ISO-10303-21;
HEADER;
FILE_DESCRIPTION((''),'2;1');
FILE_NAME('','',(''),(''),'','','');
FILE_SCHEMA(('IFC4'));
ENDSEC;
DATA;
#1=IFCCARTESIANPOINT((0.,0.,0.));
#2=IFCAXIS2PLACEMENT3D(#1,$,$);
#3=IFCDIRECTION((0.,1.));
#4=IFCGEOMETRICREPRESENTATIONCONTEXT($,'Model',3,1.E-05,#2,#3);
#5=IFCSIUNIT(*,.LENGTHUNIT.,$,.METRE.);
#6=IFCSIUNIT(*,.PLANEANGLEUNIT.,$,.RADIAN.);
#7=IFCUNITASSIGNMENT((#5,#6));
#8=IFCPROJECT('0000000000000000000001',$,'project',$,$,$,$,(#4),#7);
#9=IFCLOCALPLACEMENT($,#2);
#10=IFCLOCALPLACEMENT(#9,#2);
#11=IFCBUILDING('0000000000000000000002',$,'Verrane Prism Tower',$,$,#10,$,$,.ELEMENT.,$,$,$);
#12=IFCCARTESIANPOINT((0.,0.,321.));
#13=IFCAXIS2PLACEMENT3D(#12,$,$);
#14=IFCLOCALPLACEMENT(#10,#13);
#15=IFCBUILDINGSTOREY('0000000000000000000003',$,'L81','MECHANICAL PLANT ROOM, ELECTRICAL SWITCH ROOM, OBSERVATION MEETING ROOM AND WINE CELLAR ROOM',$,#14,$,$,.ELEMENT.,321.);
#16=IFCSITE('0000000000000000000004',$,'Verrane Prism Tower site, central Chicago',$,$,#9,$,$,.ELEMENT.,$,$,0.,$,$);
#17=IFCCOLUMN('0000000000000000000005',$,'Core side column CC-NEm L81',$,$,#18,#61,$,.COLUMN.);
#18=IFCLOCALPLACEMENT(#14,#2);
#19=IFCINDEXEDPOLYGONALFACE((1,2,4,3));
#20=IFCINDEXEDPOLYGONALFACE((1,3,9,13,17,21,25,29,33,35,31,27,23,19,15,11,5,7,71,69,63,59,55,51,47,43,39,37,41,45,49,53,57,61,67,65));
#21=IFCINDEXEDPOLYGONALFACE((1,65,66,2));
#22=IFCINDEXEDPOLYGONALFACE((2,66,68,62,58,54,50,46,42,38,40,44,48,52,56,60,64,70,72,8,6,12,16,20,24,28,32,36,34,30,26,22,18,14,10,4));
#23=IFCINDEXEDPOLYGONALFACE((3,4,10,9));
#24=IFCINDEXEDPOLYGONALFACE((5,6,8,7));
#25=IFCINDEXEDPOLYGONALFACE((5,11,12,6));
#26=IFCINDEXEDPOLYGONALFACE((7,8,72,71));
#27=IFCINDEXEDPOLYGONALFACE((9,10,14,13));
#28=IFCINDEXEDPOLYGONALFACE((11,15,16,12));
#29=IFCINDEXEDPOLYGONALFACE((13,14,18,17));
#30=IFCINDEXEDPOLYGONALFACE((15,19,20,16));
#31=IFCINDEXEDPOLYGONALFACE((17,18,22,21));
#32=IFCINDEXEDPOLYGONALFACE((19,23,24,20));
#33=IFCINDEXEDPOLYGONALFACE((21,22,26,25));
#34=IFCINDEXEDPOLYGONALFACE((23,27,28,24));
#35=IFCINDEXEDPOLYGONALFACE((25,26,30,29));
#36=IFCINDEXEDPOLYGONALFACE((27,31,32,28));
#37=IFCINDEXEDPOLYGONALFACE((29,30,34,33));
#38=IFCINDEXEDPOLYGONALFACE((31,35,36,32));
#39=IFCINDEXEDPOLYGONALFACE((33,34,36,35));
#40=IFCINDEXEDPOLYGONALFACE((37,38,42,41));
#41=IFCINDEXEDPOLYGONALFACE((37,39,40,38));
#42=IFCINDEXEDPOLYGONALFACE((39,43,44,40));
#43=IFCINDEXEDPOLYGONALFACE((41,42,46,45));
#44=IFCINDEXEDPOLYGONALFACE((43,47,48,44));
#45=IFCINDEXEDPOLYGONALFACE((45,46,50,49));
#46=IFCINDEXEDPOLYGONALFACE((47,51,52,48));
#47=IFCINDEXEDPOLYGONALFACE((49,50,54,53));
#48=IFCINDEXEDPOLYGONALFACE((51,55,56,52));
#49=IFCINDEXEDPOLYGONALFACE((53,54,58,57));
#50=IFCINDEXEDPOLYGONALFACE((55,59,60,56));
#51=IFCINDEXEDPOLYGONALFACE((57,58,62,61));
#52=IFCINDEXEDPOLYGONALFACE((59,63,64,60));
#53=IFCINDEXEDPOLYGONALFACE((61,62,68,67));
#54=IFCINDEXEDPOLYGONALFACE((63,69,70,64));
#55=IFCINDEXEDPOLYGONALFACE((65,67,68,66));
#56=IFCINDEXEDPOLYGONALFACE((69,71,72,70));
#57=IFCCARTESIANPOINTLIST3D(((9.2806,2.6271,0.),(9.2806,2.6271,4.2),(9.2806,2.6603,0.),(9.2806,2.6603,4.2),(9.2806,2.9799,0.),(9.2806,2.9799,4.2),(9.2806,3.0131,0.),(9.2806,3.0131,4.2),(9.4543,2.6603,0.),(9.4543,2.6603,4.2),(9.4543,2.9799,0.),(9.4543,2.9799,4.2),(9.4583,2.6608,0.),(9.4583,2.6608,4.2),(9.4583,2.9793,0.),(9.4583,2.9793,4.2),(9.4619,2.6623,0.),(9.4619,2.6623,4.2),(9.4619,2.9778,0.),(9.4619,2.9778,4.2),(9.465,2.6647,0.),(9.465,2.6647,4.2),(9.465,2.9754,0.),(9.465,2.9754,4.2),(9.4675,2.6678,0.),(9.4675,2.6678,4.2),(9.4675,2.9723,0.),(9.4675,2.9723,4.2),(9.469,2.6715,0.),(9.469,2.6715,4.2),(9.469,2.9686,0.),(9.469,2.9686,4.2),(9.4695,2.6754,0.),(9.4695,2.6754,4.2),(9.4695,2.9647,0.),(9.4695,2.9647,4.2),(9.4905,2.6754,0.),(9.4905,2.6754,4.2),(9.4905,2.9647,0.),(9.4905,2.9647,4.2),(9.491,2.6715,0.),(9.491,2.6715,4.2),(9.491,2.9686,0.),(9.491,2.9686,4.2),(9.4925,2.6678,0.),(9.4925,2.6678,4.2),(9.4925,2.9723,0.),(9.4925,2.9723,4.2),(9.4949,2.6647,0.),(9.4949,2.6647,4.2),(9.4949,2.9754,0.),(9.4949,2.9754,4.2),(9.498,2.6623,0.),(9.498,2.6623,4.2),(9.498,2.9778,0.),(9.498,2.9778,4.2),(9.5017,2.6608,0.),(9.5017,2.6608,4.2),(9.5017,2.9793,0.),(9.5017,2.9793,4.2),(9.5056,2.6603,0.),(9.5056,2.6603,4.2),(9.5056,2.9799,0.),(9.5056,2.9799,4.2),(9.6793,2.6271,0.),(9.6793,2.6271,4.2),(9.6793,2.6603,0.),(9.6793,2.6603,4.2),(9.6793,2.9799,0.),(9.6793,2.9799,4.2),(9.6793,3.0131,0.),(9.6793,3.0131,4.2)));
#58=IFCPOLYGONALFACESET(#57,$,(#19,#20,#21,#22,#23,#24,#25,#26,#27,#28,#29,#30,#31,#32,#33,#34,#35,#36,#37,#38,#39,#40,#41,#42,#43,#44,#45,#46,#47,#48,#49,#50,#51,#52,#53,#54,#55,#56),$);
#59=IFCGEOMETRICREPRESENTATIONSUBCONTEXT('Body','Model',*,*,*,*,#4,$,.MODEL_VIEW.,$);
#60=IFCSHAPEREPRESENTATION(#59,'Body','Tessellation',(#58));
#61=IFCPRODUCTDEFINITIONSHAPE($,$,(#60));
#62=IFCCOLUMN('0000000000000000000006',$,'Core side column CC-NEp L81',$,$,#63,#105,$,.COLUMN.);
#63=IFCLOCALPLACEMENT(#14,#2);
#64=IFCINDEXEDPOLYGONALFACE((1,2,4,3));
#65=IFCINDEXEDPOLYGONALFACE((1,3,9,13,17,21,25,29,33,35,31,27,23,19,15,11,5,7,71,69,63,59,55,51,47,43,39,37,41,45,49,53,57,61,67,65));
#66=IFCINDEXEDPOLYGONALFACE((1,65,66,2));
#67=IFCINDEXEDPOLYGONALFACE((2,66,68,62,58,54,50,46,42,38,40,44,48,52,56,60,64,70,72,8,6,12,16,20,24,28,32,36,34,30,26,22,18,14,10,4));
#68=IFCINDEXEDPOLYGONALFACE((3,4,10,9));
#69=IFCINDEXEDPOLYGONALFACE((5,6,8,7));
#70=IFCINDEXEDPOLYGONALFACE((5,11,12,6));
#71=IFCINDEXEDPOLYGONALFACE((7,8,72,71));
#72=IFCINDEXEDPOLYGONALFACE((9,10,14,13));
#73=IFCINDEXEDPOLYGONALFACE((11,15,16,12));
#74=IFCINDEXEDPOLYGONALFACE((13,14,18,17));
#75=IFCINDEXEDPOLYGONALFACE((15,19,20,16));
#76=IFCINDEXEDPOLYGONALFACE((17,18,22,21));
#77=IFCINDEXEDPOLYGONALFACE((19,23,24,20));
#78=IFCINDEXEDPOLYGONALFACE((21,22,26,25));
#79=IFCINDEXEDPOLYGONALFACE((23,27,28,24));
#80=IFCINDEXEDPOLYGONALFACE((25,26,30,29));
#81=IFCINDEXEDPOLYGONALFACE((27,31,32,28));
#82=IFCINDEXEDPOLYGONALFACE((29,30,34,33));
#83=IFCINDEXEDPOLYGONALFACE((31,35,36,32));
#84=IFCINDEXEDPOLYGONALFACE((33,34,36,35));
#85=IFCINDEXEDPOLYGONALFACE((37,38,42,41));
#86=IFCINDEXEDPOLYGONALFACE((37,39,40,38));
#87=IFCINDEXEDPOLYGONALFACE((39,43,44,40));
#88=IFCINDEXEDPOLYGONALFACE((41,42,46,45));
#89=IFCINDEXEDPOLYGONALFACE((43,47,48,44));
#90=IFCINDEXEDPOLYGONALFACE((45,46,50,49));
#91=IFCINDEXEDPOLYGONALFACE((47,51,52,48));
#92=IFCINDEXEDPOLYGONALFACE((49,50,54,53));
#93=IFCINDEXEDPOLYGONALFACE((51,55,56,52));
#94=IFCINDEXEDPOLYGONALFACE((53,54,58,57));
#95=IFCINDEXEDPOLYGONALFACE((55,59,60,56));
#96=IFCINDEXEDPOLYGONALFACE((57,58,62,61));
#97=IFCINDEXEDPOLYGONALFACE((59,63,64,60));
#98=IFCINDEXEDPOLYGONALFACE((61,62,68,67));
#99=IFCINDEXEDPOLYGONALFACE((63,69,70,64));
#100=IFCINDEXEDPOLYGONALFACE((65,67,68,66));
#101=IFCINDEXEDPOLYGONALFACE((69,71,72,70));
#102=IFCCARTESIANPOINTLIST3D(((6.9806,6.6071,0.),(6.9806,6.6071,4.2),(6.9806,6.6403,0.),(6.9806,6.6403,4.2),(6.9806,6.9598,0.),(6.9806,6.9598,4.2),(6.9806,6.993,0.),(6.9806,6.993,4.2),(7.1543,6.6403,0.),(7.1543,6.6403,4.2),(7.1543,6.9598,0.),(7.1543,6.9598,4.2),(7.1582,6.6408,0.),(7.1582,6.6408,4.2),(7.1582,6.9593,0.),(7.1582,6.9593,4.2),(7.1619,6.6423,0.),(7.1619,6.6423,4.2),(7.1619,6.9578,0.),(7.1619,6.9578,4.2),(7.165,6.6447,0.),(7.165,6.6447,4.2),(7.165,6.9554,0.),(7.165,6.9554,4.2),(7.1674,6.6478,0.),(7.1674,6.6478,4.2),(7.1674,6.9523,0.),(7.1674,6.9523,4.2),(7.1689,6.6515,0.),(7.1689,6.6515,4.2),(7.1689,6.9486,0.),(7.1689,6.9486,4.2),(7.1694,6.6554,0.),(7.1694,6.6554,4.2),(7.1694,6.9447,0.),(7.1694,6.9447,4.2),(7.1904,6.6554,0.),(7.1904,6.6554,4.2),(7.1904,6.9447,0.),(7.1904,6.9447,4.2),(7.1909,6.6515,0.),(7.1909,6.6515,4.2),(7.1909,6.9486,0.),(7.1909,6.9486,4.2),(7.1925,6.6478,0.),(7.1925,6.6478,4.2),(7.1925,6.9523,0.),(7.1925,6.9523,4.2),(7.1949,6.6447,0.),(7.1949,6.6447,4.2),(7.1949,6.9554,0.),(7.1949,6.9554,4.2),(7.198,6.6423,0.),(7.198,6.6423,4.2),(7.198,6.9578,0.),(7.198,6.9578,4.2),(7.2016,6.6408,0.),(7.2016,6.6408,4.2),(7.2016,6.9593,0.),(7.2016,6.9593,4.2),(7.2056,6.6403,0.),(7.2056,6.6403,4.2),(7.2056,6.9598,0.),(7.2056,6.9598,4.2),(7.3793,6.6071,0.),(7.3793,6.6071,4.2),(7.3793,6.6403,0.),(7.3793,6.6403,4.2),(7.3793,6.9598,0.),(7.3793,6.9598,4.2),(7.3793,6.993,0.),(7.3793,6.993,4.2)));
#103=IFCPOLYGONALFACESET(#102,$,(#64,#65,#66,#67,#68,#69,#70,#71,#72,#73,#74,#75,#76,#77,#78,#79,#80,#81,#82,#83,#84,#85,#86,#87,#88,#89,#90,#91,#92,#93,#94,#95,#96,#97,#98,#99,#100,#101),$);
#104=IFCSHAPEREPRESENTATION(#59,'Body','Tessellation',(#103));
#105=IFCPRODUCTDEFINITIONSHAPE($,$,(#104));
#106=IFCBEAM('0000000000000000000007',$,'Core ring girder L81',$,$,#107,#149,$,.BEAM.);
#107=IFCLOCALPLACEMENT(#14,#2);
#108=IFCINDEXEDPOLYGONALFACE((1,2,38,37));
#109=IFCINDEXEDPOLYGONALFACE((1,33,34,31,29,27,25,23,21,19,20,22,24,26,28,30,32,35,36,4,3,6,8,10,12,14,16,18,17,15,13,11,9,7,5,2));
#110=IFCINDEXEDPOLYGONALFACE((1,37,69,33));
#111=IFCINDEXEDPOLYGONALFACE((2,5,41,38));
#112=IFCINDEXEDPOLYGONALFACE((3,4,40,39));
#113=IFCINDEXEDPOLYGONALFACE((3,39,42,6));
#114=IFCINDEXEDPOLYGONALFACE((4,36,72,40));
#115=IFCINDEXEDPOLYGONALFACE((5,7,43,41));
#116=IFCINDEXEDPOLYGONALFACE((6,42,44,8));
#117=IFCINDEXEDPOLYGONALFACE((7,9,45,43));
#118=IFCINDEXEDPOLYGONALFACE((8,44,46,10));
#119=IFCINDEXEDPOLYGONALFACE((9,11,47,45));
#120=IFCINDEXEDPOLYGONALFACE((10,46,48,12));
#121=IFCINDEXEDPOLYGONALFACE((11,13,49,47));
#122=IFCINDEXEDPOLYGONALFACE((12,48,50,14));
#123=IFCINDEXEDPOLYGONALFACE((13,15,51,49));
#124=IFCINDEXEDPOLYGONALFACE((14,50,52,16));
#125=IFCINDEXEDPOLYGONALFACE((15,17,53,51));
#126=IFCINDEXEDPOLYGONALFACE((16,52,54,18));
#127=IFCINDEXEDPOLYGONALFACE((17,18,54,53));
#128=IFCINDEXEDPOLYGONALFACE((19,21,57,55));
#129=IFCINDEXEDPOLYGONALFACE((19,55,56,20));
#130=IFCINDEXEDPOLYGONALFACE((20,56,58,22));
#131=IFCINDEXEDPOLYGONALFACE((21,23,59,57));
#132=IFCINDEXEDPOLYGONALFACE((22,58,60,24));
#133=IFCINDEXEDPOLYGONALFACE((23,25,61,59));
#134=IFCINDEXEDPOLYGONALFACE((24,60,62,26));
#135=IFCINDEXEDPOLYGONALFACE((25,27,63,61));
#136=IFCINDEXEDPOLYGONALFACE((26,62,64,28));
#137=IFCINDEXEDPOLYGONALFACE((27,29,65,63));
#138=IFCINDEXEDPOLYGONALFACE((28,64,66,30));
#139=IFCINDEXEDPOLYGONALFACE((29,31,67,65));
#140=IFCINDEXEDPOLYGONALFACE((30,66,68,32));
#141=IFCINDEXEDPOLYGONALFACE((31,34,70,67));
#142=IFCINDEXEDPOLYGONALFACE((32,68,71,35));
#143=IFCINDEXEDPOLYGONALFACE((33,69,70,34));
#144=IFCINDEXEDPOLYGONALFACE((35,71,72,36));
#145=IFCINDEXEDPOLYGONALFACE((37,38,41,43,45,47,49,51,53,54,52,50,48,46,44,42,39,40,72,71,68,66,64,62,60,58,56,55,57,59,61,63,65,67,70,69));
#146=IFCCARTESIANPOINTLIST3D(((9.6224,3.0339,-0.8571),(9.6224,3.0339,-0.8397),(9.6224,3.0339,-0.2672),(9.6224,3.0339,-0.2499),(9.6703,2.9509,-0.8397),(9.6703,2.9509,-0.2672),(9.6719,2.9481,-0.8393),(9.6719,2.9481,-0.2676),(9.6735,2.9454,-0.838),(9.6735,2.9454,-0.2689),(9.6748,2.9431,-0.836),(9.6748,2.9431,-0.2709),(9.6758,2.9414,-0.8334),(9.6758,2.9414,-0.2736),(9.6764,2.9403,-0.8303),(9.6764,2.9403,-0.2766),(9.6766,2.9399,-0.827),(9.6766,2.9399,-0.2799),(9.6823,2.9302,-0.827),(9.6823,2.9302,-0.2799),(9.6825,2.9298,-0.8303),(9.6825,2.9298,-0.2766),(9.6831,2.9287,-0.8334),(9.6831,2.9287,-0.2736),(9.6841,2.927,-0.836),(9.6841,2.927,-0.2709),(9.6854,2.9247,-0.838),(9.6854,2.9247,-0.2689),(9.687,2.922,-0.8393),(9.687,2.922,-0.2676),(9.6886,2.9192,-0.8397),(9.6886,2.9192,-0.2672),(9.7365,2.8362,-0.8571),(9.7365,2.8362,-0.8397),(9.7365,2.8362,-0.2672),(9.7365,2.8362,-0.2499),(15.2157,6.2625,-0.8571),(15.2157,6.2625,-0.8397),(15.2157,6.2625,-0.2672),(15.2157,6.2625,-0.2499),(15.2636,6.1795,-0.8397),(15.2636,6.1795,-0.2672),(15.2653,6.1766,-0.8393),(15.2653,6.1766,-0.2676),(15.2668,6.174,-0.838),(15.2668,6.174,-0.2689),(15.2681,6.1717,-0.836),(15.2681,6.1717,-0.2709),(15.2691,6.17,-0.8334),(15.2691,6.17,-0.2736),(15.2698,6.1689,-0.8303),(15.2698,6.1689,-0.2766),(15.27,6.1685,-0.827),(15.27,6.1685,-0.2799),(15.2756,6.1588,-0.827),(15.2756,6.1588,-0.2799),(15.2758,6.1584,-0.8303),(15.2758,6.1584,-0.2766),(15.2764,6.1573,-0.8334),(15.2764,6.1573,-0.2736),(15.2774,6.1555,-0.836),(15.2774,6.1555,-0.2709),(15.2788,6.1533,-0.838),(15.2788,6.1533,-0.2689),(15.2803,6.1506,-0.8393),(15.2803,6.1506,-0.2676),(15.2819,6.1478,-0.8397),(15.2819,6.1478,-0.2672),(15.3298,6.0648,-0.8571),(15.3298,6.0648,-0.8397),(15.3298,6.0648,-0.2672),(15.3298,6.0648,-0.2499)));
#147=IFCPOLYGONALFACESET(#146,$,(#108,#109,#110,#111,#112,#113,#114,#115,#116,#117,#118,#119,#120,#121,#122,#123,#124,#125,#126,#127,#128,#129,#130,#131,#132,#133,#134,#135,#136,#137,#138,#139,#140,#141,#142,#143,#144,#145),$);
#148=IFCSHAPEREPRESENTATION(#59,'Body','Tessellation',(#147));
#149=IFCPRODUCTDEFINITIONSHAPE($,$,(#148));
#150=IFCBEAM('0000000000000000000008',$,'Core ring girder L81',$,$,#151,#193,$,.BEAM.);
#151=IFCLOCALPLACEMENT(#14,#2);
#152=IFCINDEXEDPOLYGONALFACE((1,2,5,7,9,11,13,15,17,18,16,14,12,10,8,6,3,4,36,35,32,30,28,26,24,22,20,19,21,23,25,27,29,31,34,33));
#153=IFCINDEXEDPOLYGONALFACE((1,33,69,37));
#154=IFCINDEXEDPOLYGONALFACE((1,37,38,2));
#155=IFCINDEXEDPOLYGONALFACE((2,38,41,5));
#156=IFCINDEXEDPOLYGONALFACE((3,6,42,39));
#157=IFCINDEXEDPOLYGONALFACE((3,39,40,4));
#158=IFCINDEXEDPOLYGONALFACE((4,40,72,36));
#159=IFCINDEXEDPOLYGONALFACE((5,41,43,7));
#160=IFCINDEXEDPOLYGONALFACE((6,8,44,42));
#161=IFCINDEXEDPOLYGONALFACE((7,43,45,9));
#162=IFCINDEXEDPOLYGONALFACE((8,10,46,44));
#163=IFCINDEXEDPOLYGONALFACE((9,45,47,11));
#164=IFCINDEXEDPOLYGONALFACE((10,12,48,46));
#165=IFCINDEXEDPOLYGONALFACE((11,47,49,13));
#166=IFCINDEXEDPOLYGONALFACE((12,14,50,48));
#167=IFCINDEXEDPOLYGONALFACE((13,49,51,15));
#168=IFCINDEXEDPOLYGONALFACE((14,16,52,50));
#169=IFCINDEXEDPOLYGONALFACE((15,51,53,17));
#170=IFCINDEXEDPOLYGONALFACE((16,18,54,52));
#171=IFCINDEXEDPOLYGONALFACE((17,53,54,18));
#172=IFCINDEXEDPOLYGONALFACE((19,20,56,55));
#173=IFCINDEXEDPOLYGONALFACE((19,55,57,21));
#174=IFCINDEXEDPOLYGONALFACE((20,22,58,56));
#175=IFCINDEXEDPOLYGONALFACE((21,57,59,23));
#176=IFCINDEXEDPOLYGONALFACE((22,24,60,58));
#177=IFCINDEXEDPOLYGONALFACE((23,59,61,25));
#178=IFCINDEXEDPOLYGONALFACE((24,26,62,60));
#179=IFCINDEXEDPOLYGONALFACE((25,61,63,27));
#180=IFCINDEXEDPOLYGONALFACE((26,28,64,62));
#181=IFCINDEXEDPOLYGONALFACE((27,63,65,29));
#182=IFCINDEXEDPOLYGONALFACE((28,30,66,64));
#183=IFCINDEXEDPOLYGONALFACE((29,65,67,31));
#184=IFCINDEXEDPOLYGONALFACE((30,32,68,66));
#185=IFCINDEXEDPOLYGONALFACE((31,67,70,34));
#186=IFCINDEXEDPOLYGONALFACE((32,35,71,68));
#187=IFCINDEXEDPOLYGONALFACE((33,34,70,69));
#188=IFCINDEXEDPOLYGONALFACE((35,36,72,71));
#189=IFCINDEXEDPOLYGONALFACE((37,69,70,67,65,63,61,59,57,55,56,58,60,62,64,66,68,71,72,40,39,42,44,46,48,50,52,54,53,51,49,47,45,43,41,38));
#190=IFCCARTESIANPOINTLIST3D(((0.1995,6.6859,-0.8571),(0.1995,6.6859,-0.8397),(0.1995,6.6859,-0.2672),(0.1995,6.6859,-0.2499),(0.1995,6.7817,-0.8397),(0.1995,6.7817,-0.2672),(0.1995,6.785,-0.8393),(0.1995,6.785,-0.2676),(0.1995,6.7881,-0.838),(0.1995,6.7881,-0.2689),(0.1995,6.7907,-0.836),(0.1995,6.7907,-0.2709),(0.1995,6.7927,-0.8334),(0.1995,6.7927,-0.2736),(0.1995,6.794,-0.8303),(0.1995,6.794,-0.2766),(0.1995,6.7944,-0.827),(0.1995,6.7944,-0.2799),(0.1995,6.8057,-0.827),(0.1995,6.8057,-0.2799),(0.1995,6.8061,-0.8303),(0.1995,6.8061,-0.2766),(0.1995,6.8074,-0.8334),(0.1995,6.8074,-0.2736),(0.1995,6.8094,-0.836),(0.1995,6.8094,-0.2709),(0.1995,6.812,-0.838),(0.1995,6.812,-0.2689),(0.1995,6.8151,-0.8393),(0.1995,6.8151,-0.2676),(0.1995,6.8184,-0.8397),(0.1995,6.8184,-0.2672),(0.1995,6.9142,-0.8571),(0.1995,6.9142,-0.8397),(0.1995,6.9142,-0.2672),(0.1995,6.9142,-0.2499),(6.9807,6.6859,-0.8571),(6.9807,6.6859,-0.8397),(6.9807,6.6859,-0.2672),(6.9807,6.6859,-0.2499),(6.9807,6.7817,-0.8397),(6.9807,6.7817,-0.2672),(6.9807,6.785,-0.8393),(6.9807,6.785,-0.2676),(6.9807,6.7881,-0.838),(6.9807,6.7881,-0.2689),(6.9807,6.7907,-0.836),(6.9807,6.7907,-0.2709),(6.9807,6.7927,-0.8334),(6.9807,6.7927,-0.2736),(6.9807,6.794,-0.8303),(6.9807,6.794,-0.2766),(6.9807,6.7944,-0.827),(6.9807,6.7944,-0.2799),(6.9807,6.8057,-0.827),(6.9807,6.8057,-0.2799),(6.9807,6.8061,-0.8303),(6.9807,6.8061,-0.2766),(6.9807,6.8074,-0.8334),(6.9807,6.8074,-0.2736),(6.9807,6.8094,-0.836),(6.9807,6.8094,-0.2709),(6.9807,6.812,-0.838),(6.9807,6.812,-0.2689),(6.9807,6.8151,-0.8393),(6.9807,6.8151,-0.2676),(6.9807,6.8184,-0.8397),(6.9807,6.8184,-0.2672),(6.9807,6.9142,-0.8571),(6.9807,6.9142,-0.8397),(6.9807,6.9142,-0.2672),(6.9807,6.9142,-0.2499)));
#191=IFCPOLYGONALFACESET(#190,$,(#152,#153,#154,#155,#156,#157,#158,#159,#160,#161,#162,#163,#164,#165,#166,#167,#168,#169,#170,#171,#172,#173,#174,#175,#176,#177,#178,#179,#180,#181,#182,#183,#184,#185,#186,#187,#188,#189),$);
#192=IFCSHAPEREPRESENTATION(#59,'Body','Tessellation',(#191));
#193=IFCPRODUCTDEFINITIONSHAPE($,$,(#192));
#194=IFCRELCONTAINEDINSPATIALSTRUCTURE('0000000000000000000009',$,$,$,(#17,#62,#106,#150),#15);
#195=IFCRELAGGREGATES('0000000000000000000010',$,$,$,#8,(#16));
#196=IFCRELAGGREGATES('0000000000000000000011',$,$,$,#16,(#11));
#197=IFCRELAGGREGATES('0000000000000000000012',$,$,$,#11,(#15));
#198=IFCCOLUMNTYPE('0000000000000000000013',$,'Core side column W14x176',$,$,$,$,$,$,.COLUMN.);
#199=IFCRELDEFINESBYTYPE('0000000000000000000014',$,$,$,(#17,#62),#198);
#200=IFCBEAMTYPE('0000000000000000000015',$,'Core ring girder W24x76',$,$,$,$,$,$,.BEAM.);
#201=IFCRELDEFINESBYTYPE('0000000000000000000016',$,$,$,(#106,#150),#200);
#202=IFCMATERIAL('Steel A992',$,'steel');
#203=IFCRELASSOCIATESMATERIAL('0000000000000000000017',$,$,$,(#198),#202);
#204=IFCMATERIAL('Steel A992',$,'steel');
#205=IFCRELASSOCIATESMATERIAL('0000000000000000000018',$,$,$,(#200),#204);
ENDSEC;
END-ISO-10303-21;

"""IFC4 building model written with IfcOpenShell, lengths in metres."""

from ifc_helpers import new_model, si_unit, direction, frame, origin, origin_2d, place, context, subcontext, project, spatial, i_section, extrude, material, material_profile, profile_set, type_object, element, save


model = new_model("IFC4")

# Units and contexts
model_context = context("Model", 3, precision=1e-05, world=origin(), true_north=direction((0.0, 1.0)))
body_context = subcontext(model_context, "Body", "Model", "MODEL_VIEW")
ifc_project = project(units=[si_unit("LENGTHUNIT", "METRE"), si_unit("PLANEANGLEUNIT", "RADIAN")], contexts=[model_context])

# Site, building, storey
site_placement = place(None, origin())
site = spatial("IfcSite", under=ifc_project, at=site_placement, Name="Verrane Prism Tower site, central Chicago", CompositionType="ELEMENT", RefElevation=0.0)
building_placement = place(site_placement, origin())
building = spatial("IfcBuilding", under=site, at=building_placement, Name="Verrane Prism Tower", CompositionType="ELEMENT")
storey_placement = place(building_placement, frame((0.0, 0.0, 321.0)))
storey = spatial("IfcBuildingStorey", under=building, at=storey_placement, Name="L81", Description="MECHANICAL PLANT ROOM, ELECTRICAL SWITCH ROOM, OBSERVATION MEETING ROOM AND WINE CELLAR ROOM", CompositionType="ELEMENT", Elevation=321.0)

# Columns
ifc_material_1 = material(Name="Steel A992", Category="steel")
ifc_material_profile_1 = material_profile(ifc_material_1, i_section(OverallWidth=0.3987, OverallDepth=0.386, WebThickness=0.021, FlangeThickness=0.0332, FilletRadius=0.0151, at=origin_2d()), Name="W14x176")
ifc_profile_set_1 = profile_set([ifc_material_profile_1], Name="Steel A992")
column_type = type_object("IfcColumnType", Name="Core side column W14x176", PredefinedType="COLUMN", material=ifc_profile_set_1)
for number, where, z_axis, x_axis, name in (
    (1, (9.48, 2.8201, 0.0), (0.0, 0.0, 1.0), (1.0, 0.0, 0.0), "Core side column CC-NEm L81"),
    (2, (7.1799, 6.8, 0.0), (0.0, 0.0, 1.0), (1.0, 0.0, 0.0), "Core side column CC-NEp L81"),
):
    element("IfcColumn", number, at=place(storey_placement, frame(where, z_axis=z_axis, x_axis=x_axis)), inside=storey, type_object=column_type, Name=name, PredefinedType="COLUMN", context=body_context, shape_type="SweptSolid", body=[
        extrude(i_section(OverallWidth=0.3987, OverallDepth=0.386, WebThickness=0.021, FlangeThickness=0.0332, FilletRadius=0.0151, at=origin_2d()), origin(), (0.0, 0.0, 1.0), 4.2),
    ])

# Beams
ifc_material_2 = material(Name="Steel A992", Category="steel")
ifc_material_profile_2 = material_profile(ifc_material_2, i_section(OverallWidth=0.2283, OverallDepth=0.6072, WebThickness=0.0112, FlangeThickness=0.0173, FilletRadius=0.0127, at=origin_2d()), Name="W24x76")
ifc_profile_set_2 = profile_set([ifc_material_profile_2], Name="Steel A992")
beam_type_1 = type_object("IfcBeamType", Name="Core ring girder W24x76", PredefinedType="BEAM", material=ifc_profile_set_2)
beam_1_placement = place(storey_placement, frame((9.6794, 2.9351, -0.5535), z_axis=(0.866076, 0.499912, 0.0), x_axis=(-0.499912, 0.866076, 0.0)))
element("IfcBeam", 3, at=beam_1_placement, inside=storey, type_object=beam_type_1, Name="Core ring girder L81", PredefinedType="BEAM", context=body_context, shape_type="SweptSolid", body=[
    extrude(i_section(OverallWidth=0.2283, OverallDepth=0.6072, WebThickness=0.0112, FlangeThickness=0.0173, FilletRadius=0.0127, at=origin_2d()), origin(), (0.0, 0.0, 1.0), 6.4583),
])
beam_2_placement = place(storey_placement, frame((6.9807, 6.8, -0.5535), z_axis=(-1.0, 0.0, 0.0), x_axis=(0.0, -1.0, 0.0)))
element("IfcBeam", 4, at=beam_2_placement, inside=storey, type_object=beam_type_1, Name="Core ring girder L81", PredefinedType="BEAM", context=body_context, shape_type="SweptSolid", body=[
    extrude(i_section(OverallWidth=0.2283, OverallDepth=0.6072, WebThickness=0.0112, FlangeThickness=0.0173, FilletRadius=0.0127, at=origin_2d()), origin(), (0.0, 0.0, 1.0), 6.7812),
])

save(model, "model.ifc")
